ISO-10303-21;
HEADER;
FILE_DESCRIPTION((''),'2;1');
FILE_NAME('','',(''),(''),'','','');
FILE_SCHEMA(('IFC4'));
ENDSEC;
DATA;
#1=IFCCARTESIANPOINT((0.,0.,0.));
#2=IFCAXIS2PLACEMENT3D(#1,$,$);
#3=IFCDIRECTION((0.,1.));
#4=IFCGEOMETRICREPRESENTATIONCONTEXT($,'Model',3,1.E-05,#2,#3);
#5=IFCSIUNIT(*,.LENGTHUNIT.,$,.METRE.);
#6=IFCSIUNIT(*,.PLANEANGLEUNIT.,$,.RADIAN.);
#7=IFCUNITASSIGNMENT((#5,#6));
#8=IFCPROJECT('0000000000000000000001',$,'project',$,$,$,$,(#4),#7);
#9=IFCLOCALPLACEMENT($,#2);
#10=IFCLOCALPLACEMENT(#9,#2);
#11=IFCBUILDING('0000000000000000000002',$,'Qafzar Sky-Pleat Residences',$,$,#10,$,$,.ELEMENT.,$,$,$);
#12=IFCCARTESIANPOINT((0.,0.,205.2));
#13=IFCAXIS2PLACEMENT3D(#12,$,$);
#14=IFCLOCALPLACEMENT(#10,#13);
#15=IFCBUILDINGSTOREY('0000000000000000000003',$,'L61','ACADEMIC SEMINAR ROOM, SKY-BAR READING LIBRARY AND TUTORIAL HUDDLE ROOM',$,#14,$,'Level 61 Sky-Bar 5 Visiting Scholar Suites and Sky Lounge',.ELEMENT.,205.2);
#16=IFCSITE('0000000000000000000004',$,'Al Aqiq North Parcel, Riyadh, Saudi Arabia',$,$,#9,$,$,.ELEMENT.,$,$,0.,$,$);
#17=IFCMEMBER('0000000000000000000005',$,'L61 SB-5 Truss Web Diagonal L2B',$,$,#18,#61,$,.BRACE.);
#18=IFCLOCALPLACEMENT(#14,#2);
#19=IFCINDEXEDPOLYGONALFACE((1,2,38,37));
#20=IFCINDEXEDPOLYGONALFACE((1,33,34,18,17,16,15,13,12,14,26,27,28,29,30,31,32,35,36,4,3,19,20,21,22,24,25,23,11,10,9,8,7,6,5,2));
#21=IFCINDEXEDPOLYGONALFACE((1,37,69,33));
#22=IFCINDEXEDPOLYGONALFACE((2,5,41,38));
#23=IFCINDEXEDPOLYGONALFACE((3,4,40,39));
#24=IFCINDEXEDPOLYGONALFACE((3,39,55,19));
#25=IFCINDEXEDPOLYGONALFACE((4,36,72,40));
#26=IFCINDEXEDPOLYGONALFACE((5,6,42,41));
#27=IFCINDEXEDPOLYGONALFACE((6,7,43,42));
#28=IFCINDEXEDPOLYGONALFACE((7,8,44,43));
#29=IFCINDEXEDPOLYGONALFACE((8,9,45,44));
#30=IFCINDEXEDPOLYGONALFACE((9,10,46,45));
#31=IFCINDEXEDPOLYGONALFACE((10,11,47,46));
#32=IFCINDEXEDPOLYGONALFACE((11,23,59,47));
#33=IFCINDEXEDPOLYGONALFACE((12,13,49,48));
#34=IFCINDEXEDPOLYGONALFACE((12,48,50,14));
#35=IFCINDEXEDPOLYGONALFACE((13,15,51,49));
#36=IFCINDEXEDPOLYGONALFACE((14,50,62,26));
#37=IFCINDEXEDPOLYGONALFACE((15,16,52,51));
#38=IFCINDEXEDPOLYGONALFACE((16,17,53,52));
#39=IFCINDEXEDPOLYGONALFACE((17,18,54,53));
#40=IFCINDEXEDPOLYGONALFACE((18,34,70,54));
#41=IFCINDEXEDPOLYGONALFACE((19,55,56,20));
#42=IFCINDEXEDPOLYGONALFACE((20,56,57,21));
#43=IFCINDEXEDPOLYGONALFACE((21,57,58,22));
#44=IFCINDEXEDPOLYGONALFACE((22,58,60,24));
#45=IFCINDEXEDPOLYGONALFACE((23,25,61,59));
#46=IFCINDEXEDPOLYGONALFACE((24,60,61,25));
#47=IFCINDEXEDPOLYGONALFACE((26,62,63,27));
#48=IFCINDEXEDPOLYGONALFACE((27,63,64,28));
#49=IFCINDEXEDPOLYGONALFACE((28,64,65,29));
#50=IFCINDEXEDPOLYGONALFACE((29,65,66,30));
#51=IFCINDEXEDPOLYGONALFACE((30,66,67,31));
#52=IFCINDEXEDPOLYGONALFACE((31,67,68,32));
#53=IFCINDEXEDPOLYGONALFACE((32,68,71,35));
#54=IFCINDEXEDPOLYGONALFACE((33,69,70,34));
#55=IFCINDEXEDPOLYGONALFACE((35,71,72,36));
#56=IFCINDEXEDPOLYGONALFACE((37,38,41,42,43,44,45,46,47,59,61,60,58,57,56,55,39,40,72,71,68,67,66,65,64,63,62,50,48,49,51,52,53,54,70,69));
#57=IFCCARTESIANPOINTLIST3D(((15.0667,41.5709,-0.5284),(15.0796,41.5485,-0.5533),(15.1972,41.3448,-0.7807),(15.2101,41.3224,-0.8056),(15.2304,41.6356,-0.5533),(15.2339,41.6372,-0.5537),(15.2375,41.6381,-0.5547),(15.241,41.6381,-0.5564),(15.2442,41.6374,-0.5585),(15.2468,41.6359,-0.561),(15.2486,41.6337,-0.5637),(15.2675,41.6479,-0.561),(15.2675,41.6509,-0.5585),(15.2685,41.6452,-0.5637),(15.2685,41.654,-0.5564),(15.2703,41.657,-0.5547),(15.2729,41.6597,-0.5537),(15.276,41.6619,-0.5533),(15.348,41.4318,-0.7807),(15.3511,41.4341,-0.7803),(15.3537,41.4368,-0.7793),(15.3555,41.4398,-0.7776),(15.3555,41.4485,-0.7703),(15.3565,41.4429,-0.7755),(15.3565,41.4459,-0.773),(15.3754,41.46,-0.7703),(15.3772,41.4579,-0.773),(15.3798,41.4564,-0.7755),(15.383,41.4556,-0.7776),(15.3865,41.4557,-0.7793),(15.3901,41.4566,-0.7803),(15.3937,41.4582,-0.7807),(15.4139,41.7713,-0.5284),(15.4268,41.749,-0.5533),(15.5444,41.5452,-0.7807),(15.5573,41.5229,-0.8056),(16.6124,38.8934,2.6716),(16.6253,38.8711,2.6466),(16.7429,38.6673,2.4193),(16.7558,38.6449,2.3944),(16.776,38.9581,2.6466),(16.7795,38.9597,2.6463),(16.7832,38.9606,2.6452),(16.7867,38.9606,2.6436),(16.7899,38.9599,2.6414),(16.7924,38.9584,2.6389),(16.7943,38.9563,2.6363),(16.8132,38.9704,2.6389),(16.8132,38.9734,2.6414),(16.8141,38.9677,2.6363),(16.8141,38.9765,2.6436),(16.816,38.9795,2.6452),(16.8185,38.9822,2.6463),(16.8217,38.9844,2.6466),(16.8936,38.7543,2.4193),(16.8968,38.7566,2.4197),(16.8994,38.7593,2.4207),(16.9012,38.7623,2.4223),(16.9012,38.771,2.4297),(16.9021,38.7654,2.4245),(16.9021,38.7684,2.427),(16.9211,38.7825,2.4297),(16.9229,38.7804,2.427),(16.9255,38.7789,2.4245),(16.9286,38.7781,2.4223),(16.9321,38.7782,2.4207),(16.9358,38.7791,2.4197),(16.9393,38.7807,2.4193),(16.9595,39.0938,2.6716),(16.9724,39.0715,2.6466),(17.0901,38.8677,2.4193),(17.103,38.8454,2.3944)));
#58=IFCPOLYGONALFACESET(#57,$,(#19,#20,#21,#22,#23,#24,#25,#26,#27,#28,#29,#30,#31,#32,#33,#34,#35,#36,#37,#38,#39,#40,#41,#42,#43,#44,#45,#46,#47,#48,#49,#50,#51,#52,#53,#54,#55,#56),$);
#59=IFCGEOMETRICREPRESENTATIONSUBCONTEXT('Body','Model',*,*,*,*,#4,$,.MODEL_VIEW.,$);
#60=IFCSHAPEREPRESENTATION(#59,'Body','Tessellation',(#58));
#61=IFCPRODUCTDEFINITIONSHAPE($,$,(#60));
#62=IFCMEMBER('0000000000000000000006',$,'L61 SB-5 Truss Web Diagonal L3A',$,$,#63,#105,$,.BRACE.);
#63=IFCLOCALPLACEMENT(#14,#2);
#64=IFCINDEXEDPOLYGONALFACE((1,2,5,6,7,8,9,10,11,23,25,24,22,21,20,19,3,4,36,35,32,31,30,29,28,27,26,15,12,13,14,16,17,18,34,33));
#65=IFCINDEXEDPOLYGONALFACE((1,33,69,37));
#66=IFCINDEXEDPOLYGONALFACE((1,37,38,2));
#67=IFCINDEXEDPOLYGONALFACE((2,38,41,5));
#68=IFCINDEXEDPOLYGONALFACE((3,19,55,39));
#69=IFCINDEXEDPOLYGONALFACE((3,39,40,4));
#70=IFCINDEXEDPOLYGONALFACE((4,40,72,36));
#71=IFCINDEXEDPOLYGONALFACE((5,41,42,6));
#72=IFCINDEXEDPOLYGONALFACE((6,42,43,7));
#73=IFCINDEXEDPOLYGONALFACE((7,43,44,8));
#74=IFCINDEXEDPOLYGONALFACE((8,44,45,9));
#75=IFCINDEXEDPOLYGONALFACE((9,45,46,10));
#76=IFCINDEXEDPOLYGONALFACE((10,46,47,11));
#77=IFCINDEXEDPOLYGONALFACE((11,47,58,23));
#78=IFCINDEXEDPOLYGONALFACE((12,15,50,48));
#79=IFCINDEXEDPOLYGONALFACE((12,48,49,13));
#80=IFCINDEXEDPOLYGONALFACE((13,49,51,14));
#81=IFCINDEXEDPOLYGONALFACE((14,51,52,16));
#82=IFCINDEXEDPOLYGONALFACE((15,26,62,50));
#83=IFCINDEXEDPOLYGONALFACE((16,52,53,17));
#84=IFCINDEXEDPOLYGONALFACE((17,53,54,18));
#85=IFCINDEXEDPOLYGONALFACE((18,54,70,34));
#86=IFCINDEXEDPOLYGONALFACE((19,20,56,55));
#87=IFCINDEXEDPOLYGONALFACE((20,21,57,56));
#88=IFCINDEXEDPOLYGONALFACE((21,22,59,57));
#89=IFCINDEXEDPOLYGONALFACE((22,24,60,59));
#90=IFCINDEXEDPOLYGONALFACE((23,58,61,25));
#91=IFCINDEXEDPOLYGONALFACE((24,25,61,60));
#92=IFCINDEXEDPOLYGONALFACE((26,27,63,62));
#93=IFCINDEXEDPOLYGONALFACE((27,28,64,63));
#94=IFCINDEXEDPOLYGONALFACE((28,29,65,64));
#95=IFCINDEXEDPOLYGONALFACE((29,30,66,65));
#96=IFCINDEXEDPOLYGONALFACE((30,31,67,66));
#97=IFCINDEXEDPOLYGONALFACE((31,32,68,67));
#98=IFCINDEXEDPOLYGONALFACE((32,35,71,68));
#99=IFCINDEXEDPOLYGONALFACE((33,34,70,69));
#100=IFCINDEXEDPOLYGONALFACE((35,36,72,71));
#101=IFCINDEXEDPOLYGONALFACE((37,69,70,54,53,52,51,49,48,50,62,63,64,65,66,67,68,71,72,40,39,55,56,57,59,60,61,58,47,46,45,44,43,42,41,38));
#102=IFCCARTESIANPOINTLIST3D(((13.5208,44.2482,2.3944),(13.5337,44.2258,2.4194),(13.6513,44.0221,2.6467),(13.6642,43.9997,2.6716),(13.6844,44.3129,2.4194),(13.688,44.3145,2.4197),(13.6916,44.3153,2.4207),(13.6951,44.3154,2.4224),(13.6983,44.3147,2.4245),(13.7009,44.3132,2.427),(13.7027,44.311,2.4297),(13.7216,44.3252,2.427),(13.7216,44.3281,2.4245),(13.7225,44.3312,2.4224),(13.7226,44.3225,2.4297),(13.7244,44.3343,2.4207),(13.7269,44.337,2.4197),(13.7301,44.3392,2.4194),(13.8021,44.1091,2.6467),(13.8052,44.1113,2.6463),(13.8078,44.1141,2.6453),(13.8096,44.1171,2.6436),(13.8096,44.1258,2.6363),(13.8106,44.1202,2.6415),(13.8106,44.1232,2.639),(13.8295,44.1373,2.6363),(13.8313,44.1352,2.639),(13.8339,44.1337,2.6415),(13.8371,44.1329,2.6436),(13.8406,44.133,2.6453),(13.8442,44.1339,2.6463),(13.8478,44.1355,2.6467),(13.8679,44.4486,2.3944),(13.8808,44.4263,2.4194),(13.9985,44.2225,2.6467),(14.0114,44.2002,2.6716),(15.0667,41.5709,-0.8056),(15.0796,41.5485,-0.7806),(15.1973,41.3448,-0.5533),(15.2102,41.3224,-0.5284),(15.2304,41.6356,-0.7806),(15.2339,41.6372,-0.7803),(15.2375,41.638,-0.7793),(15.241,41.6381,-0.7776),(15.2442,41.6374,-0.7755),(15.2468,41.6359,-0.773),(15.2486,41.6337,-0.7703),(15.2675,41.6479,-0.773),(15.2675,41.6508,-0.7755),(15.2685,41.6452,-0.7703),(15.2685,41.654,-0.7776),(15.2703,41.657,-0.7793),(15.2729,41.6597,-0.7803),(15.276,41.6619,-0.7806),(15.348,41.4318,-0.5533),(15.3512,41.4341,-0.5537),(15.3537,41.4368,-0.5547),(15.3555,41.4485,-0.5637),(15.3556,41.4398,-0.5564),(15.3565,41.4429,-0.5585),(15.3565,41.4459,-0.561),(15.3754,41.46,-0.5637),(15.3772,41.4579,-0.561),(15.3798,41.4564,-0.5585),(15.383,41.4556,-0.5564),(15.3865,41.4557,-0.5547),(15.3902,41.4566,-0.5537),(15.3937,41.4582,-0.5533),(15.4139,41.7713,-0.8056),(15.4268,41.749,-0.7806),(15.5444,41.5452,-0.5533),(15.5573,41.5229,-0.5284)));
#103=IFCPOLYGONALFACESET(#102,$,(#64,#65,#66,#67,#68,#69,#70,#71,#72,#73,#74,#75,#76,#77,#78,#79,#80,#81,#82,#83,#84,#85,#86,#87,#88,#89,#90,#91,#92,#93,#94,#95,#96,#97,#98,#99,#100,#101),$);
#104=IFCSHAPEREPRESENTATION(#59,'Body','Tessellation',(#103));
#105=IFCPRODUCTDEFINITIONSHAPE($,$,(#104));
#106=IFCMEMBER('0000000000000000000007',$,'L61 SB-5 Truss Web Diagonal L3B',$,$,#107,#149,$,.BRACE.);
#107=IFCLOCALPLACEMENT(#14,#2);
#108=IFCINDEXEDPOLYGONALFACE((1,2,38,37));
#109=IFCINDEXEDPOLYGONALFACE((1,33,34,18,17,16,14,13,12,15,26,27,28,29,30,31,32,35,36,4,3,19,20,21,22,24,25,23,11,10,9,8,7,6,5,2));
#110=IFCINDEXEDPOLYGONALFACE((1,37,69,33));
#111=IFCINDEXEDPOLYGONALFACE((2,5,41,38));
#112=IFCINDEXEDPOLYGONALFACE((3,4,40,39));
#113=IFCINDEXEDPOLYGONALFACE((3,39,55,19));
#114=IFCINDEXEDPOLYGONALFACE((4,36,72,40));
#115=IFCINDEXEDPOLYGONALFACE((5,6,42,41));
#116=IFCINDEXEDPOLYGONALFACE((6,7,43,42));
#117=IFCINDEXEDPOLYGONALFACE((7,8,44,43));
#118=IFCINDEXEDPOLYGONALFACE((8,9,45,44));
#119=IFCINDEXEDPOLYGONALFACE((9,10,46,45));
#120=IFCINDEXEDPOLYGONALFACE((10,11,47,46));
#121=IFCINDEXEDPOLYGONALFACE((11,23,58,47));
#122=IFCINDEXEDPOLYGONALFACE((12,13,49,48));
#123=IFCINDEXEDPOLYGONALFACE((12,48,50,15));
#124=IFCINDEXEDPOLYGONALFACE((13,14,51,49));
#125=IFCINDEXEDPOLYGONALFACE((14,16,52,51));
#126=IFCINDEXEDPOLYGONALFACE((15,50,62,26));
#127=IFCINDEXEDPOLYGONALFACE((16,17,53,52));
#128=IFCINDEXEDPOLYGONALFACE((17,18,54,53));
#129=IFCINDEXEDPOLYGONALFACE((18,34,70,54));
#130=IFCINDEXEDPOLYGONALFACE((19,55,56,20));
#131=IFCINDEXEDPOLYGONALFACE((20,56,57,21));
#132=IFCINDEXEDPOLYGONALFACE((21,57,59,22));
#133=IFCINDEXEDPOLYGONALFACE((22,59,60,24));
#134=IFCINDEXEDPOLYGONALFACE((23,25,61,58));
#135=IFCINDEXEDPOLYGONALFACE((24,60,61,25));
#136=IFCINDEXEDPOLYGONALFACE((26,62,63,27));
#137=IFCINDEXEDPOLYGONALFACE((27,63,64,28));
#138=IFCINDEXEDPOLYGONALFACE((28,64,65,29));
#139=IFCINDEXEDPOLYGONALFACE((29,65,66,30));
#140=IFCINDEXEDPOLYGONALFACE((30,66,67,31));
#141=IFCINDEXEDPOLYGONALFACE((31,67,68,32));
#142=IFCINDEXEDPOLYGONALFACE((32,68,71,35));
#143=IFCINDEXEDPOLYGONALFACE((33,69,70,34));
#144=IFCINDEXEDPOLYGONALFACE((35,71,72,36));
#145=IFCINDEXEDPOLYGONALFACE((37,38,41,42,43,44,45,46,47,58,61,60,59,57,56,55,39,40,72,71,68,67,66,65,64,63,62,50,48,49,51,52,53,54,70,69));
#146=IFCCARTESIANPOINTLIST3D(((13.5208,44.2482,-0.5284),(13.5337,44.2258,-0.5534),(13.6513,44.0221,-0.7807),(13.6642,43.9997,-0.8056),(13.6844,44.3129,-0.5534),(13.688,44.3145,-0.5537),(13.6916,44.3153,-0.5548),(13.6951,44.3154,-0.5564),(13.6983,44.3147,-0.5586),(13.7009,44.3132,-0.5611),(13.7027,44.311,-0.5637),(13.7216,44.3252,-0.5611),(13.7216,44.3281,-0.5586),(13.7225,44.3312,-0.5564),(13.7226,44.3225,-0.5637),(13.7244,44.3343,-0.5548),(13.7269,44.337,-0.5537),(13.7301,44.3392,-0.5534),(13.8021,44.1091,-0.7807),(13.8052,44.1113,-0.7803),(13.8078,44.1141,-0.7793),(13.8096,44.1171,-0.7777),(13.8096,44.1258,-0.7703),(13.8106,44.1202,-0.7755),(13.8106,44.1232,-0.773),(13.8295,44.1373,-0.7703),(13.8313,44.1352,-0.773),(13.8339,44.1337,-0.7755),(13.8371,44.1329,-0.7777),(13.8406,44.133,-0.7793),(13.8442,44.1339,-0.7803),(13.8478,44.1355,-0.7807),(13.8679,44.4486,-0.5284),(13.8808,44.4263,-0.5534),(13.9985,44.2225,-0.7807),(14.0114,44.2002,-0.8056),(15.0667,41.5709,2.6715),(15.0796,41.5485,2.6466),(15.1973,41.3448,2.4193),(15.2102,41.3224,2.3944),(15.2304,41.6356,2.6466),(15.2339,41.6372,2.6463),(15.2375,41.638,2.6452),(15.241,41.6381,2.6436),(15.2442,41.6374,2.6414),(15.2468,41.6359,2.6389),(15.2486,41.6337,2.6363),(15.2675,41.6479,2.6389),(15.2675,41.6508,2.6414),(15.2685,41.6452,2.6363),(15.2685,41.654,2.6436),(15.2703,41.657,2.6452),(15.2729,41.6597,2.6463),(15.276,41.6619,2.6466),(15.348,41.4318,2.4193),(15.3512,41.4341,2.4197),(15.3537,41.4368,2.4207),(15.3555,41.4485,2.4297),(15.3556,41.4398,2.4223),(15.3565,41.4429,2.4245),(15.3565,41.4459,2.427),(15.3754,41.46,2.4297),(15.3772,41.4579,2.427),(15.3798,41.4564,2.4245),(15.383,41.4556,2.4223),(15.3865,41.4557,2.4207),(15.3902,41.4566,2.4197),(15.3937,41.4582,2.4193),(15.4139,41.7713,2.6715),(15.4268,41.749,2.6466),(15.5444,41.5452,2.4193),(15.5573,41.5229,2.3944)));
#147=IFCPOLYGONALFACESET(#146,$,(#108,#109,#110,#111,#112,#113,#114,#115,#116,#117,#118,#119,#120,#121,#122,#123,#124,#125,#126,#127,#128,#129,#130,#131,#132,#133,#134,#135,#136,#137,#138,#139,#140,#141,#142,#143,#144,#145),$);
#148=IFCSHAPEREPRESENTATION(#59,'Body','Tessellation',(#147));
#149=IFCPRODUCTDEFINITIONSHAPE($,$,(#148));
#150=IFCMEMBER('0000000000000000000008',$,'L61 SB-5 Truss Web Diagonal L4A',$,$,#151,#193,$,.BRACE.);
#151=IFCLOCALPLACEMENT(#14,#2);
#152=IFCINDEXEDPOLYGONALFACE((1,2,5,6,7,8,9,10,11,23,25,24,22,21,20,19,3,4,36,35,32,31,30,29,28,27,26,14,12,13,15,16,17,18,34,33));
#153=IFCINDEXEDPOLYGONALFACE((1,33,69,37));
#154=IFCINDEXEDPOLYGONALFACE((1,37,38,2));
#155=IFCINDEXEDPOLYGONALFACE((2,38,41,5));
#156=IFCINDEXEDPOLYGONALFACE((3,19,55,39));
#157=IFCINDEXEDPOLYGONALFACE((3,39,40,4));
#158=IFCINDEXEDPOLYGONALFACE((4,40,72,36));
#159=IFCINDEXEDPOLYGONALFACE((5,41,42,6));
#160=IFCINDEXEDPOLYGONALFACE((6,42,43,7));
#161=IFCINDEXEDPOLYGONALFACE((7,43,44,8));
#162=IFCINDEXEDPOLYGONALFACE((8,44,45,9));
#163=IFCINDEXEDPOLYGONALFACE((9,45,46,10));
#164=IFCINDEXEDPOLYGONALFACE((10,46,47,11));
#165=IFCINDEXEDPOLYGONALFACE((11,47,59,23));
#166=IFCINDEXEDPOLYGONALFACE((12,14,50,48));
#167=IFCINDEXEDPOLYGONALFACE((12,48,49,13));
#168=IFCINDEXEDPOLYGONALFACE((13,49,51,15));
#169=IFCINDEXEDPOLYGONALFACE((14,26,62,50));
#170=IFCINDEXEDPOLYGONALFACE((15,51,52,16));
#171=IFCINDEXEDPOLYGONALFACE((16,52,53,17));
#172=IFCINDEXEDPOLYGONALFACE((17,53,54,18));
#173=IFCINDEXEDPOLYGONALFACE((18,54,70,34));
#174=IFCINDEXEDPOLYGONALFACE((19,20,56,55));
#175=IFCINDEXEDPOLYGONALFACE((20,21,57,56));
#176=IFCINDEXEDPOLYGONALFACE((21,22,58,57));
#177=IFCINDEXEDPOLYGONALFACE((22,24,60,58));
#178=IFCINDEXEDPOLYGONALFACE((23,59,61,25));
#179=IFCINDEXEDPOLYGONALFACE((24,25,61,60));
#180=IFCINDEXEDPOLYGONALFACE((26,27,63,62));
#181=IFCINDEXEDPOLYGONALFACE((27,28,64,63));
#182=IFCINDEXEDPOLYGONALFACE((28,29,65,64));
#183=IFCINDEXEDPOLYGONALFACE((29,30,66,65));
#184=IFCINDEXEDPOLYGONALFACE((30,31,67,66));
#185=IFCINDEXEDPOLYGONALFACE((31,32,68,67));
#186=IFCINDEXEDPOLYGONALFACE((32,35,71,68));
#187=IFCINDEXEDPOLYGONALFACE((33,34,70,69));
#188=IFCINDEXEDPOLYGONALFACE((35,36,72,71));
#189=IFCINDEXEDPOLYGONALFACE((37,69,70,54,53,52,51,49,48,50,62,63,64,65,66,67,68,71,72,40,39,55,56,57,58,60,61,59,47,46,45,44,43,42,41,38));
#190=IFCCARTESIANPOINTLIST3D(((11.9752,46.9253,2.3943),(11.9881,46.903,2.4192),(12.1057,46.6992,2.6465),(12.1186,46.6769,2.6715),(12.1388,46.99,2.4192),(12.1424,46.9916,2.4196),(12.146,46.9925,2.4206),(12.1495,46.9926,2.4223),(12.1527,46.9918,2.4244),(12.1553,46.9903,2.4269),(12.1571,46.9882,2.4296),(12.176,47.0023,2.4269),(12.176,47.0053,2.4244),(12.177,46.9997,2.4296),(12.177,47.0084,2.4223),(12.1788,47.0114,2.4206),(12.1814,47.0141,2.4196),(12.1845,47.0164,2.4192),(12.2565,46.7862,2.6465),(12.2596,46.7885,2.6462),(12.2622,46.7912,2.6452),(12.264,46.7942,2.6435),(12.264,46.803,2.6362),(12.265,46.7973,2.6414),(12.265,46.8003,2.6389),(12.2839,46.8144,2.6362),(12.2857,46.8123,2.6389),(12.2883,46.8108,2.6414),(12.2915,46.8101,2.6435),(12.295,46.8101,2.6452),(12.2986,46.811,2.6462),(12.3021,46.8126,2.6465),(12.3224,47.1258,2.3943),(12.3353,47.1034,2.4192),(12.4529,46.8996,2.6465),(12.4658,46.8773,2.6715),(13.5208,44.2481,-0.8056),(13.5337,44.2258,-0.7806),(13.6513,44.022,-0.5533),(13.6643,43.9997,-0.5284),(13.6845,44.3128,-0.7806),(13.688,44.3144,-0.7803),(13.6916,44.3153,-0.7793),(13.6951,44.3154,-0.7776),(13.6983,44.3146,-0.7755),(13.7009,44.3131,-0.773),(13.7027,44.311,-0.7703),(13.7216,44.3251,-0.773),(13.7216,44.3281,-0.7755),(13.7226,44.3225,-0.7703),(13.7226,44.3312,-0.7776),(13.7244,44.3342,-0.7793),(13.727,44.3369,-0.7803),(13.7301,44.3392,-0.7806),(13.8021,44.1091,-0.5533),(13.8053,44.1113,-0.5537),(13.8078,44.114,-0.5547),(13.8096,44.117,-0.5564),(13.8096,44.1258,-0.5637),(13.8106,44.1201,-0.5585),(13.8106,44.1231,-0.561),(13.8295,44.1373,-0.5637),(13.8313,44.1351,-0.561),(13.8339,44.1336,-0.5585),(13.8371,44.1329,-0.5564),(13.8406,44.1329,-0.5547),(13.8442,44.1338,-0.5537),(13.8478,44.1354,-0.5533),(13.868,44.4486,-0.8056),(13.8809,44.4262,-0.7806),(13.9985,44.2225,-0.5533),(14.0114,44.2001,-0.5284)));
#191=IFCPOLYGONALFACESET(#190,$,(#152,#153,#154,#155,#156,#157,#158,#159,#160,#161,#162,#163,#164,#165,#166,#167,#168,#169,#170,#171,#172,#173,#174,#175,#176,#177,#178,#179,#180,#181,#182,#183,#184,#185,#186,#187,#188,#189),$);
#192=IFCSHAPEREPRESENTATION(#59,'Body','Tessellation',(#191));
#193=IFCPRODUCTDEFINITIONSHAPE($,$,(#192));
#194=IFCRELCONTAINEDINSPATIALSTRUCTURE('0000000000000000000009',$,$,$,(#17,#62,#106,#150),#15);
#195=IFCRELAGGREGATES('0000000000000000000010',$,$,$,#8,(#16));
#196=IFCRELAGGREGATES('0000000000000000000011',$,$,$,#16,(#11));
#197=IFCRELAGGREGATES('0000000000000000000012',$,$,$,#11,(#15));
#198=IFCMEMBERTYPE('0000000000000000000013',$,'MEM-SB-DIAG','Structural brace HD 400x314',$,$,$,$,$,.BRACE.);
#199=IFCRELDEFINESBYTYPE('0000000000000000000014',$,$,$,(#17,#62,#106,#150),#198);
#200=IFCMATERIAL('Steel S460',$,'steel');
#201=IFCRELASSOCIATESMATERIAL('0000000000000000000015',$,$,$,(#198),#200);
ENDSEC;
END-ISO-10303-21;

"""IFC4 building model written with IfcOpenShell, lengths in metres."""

from ifc_helpers import new_model, si_unit, direction, frame, origin, origin_2d, place, context, subcontext, project, spatial, i_section, extrude, source, transform, mapped, material, material_profile, profile_set, type_object, element, save


model = new_model("IFC4")

# Units and contexts
model_context = context("Model", 3, precision=1e-05, world=origin(), true_north=direction((0.0, 1.0)))
body_context = subcontext(model_context, "Body", "Model", "MODEL_VIEW")
ifc_project = project(units=[si_unit("LENGTHUNIT", "METRE"), si_unit("PLANEANGLEUNIT", "RADIAN")], contexts=[model_context])

# Site, building, storey
site_placement = place(None, origin())
site = spatial("IfcSite", under=ifc_project, at=site_placement, Name="Al Aqiq North Parcel, Riyadh, Saudi Arabia", CompositionType="ELEMENT", RefElevation=0.0)
building_placement = place(site_placement, origin())
building = spatial("IfcBuilding", under=site, at=building_placement, Name="Qafzar Sky-Pleat Residences", CompositionType="ELEMENT")
storey_placement = place(building_placement, frame((0.0, 0.0, 205.2)))
storey = spatial("IfcBuildingStorey", under=building, at=storey_placement, Name="L61", Description="ACADEMIC SEMINAR ROOM, SKY-BAR READING LIBRARY AND TUTORIAL HUDDLE ROOM", LongName="Level 61 Sky-Bar 5 Visiting Scholar Suites and Sky Lounge", CompositionType="ELEMENT", Elevation=205.2)

# Shared definitions
ifc_material_1 = material(Name="Steel S460", Category="steel")

# Members
ifc_material_profile_1 = material_profile(ifc_material_1, i_section(OverallWidth=0.4009, OverallDepth=0.3989, WebThickness=0.0229, FlangeThickness=0.0359, FilletRadius=0.0149, at=origin_2d()), Name="HD 400x314")
ifc_profile_set_1 = profile_set([ifc_material_profile_1], Name="Steel S460")
member_type = type_object("IfcMemberType", Name="MEM-SB-DIAG", Description="Structural brace HD 400x314", PredefinedType="BRACE", material=ifc_profile_set_1)
shared_shape_1 = source(origin(), body_context, "Body", "SweptSolid", [
    extrude(i_section(OverallWidth=0.4009, OverallDepth=0.3989, WebThickness=0.0229, FlangeThickness=0.0359, FilletRadius=0.0149, at=origin_2d()), origin(), (0.0, 0.0, 1.0), 4.4495),
])
for number, where, z_axis, x_axis, name in (
    (1, (16.8577, 38.8694, 2.533), (-0.34738, 0.601756, -0.719178), (-0.866053, -0.499953, 0.0), "L61 SB-5 Truss Web Diagonal L2B"),
    (2, (15.312, 41.5469, -0.667), (-0.34744, 0.60171, 0.719188), (-0.865999, -0.500046, 0.0), "L61 SB-5 Truss Web Diagonal L3A"),
    (3, (15.312, 41.5469, 2.533), (-0.34744, 0.60171, -0.719188), (-0.865999, -0.500046, 0.0), "L61 SB-5 Truss Web Diagonal L3B"),
):
    element("IfcMember", number, at=place(storey_placement, frame(where, z_axis=z_axis, x_axis=x_axis)), inside=storey, type_object=member_type, Name=name, PredefinedType="BRACE", context=body_context, shape_type="MappedRepresentation", body=[
        mapped(shared_shape_1, transform((0.0, 0.0, 0.0), x_axis=(1.0, 0.0, 0.0), y_axis=(0.0, 1.0, 0.0), z_axis=(0.0, 0.0, 1.0), scale=1.0)),
    ])
shared_shape_2 = source(origin(), body_context, "Body", "SweptSolid", [
    extrude(i_section(OverallWidth=0.4009, OverallDepth=0.3989, WebThickness=0.0229, FlangeThickness=0.0359, FilletRadius=0.0149, at=origin_2d()), origin(), (0.0, 0.0, 1.0), 4.4492),
])
for number, where, z_axis, x_axis, name in (
    (4, (13.7661, 44.2241, -0.667), (-0.347392, 0.601721, 0.719201), (-0.866033, -0.499987, 0.0), "L61 SB-5 Truss Web Diagonal L4A"),
):
    element("IfcMember", number, at=place(storey_placement, frame(where, z_axis=z_axis, x_axis=x_axis)), inside=storey, type_object=member_type, Name=name, PredefinedType="BRACE", context=body_context, shape_type="MappedRepresentation", body=[
        mapped(shared_shape_2, transform((0.0, 0.0, 0.0), x_axis=(1.0, 0.0, 0.0), y_axis=(0.0, 1.0, 0.0), z_axis=(0.0, 0.0, 1.0), scale=1.0)),
    ])

save(model, "model.ifc")
